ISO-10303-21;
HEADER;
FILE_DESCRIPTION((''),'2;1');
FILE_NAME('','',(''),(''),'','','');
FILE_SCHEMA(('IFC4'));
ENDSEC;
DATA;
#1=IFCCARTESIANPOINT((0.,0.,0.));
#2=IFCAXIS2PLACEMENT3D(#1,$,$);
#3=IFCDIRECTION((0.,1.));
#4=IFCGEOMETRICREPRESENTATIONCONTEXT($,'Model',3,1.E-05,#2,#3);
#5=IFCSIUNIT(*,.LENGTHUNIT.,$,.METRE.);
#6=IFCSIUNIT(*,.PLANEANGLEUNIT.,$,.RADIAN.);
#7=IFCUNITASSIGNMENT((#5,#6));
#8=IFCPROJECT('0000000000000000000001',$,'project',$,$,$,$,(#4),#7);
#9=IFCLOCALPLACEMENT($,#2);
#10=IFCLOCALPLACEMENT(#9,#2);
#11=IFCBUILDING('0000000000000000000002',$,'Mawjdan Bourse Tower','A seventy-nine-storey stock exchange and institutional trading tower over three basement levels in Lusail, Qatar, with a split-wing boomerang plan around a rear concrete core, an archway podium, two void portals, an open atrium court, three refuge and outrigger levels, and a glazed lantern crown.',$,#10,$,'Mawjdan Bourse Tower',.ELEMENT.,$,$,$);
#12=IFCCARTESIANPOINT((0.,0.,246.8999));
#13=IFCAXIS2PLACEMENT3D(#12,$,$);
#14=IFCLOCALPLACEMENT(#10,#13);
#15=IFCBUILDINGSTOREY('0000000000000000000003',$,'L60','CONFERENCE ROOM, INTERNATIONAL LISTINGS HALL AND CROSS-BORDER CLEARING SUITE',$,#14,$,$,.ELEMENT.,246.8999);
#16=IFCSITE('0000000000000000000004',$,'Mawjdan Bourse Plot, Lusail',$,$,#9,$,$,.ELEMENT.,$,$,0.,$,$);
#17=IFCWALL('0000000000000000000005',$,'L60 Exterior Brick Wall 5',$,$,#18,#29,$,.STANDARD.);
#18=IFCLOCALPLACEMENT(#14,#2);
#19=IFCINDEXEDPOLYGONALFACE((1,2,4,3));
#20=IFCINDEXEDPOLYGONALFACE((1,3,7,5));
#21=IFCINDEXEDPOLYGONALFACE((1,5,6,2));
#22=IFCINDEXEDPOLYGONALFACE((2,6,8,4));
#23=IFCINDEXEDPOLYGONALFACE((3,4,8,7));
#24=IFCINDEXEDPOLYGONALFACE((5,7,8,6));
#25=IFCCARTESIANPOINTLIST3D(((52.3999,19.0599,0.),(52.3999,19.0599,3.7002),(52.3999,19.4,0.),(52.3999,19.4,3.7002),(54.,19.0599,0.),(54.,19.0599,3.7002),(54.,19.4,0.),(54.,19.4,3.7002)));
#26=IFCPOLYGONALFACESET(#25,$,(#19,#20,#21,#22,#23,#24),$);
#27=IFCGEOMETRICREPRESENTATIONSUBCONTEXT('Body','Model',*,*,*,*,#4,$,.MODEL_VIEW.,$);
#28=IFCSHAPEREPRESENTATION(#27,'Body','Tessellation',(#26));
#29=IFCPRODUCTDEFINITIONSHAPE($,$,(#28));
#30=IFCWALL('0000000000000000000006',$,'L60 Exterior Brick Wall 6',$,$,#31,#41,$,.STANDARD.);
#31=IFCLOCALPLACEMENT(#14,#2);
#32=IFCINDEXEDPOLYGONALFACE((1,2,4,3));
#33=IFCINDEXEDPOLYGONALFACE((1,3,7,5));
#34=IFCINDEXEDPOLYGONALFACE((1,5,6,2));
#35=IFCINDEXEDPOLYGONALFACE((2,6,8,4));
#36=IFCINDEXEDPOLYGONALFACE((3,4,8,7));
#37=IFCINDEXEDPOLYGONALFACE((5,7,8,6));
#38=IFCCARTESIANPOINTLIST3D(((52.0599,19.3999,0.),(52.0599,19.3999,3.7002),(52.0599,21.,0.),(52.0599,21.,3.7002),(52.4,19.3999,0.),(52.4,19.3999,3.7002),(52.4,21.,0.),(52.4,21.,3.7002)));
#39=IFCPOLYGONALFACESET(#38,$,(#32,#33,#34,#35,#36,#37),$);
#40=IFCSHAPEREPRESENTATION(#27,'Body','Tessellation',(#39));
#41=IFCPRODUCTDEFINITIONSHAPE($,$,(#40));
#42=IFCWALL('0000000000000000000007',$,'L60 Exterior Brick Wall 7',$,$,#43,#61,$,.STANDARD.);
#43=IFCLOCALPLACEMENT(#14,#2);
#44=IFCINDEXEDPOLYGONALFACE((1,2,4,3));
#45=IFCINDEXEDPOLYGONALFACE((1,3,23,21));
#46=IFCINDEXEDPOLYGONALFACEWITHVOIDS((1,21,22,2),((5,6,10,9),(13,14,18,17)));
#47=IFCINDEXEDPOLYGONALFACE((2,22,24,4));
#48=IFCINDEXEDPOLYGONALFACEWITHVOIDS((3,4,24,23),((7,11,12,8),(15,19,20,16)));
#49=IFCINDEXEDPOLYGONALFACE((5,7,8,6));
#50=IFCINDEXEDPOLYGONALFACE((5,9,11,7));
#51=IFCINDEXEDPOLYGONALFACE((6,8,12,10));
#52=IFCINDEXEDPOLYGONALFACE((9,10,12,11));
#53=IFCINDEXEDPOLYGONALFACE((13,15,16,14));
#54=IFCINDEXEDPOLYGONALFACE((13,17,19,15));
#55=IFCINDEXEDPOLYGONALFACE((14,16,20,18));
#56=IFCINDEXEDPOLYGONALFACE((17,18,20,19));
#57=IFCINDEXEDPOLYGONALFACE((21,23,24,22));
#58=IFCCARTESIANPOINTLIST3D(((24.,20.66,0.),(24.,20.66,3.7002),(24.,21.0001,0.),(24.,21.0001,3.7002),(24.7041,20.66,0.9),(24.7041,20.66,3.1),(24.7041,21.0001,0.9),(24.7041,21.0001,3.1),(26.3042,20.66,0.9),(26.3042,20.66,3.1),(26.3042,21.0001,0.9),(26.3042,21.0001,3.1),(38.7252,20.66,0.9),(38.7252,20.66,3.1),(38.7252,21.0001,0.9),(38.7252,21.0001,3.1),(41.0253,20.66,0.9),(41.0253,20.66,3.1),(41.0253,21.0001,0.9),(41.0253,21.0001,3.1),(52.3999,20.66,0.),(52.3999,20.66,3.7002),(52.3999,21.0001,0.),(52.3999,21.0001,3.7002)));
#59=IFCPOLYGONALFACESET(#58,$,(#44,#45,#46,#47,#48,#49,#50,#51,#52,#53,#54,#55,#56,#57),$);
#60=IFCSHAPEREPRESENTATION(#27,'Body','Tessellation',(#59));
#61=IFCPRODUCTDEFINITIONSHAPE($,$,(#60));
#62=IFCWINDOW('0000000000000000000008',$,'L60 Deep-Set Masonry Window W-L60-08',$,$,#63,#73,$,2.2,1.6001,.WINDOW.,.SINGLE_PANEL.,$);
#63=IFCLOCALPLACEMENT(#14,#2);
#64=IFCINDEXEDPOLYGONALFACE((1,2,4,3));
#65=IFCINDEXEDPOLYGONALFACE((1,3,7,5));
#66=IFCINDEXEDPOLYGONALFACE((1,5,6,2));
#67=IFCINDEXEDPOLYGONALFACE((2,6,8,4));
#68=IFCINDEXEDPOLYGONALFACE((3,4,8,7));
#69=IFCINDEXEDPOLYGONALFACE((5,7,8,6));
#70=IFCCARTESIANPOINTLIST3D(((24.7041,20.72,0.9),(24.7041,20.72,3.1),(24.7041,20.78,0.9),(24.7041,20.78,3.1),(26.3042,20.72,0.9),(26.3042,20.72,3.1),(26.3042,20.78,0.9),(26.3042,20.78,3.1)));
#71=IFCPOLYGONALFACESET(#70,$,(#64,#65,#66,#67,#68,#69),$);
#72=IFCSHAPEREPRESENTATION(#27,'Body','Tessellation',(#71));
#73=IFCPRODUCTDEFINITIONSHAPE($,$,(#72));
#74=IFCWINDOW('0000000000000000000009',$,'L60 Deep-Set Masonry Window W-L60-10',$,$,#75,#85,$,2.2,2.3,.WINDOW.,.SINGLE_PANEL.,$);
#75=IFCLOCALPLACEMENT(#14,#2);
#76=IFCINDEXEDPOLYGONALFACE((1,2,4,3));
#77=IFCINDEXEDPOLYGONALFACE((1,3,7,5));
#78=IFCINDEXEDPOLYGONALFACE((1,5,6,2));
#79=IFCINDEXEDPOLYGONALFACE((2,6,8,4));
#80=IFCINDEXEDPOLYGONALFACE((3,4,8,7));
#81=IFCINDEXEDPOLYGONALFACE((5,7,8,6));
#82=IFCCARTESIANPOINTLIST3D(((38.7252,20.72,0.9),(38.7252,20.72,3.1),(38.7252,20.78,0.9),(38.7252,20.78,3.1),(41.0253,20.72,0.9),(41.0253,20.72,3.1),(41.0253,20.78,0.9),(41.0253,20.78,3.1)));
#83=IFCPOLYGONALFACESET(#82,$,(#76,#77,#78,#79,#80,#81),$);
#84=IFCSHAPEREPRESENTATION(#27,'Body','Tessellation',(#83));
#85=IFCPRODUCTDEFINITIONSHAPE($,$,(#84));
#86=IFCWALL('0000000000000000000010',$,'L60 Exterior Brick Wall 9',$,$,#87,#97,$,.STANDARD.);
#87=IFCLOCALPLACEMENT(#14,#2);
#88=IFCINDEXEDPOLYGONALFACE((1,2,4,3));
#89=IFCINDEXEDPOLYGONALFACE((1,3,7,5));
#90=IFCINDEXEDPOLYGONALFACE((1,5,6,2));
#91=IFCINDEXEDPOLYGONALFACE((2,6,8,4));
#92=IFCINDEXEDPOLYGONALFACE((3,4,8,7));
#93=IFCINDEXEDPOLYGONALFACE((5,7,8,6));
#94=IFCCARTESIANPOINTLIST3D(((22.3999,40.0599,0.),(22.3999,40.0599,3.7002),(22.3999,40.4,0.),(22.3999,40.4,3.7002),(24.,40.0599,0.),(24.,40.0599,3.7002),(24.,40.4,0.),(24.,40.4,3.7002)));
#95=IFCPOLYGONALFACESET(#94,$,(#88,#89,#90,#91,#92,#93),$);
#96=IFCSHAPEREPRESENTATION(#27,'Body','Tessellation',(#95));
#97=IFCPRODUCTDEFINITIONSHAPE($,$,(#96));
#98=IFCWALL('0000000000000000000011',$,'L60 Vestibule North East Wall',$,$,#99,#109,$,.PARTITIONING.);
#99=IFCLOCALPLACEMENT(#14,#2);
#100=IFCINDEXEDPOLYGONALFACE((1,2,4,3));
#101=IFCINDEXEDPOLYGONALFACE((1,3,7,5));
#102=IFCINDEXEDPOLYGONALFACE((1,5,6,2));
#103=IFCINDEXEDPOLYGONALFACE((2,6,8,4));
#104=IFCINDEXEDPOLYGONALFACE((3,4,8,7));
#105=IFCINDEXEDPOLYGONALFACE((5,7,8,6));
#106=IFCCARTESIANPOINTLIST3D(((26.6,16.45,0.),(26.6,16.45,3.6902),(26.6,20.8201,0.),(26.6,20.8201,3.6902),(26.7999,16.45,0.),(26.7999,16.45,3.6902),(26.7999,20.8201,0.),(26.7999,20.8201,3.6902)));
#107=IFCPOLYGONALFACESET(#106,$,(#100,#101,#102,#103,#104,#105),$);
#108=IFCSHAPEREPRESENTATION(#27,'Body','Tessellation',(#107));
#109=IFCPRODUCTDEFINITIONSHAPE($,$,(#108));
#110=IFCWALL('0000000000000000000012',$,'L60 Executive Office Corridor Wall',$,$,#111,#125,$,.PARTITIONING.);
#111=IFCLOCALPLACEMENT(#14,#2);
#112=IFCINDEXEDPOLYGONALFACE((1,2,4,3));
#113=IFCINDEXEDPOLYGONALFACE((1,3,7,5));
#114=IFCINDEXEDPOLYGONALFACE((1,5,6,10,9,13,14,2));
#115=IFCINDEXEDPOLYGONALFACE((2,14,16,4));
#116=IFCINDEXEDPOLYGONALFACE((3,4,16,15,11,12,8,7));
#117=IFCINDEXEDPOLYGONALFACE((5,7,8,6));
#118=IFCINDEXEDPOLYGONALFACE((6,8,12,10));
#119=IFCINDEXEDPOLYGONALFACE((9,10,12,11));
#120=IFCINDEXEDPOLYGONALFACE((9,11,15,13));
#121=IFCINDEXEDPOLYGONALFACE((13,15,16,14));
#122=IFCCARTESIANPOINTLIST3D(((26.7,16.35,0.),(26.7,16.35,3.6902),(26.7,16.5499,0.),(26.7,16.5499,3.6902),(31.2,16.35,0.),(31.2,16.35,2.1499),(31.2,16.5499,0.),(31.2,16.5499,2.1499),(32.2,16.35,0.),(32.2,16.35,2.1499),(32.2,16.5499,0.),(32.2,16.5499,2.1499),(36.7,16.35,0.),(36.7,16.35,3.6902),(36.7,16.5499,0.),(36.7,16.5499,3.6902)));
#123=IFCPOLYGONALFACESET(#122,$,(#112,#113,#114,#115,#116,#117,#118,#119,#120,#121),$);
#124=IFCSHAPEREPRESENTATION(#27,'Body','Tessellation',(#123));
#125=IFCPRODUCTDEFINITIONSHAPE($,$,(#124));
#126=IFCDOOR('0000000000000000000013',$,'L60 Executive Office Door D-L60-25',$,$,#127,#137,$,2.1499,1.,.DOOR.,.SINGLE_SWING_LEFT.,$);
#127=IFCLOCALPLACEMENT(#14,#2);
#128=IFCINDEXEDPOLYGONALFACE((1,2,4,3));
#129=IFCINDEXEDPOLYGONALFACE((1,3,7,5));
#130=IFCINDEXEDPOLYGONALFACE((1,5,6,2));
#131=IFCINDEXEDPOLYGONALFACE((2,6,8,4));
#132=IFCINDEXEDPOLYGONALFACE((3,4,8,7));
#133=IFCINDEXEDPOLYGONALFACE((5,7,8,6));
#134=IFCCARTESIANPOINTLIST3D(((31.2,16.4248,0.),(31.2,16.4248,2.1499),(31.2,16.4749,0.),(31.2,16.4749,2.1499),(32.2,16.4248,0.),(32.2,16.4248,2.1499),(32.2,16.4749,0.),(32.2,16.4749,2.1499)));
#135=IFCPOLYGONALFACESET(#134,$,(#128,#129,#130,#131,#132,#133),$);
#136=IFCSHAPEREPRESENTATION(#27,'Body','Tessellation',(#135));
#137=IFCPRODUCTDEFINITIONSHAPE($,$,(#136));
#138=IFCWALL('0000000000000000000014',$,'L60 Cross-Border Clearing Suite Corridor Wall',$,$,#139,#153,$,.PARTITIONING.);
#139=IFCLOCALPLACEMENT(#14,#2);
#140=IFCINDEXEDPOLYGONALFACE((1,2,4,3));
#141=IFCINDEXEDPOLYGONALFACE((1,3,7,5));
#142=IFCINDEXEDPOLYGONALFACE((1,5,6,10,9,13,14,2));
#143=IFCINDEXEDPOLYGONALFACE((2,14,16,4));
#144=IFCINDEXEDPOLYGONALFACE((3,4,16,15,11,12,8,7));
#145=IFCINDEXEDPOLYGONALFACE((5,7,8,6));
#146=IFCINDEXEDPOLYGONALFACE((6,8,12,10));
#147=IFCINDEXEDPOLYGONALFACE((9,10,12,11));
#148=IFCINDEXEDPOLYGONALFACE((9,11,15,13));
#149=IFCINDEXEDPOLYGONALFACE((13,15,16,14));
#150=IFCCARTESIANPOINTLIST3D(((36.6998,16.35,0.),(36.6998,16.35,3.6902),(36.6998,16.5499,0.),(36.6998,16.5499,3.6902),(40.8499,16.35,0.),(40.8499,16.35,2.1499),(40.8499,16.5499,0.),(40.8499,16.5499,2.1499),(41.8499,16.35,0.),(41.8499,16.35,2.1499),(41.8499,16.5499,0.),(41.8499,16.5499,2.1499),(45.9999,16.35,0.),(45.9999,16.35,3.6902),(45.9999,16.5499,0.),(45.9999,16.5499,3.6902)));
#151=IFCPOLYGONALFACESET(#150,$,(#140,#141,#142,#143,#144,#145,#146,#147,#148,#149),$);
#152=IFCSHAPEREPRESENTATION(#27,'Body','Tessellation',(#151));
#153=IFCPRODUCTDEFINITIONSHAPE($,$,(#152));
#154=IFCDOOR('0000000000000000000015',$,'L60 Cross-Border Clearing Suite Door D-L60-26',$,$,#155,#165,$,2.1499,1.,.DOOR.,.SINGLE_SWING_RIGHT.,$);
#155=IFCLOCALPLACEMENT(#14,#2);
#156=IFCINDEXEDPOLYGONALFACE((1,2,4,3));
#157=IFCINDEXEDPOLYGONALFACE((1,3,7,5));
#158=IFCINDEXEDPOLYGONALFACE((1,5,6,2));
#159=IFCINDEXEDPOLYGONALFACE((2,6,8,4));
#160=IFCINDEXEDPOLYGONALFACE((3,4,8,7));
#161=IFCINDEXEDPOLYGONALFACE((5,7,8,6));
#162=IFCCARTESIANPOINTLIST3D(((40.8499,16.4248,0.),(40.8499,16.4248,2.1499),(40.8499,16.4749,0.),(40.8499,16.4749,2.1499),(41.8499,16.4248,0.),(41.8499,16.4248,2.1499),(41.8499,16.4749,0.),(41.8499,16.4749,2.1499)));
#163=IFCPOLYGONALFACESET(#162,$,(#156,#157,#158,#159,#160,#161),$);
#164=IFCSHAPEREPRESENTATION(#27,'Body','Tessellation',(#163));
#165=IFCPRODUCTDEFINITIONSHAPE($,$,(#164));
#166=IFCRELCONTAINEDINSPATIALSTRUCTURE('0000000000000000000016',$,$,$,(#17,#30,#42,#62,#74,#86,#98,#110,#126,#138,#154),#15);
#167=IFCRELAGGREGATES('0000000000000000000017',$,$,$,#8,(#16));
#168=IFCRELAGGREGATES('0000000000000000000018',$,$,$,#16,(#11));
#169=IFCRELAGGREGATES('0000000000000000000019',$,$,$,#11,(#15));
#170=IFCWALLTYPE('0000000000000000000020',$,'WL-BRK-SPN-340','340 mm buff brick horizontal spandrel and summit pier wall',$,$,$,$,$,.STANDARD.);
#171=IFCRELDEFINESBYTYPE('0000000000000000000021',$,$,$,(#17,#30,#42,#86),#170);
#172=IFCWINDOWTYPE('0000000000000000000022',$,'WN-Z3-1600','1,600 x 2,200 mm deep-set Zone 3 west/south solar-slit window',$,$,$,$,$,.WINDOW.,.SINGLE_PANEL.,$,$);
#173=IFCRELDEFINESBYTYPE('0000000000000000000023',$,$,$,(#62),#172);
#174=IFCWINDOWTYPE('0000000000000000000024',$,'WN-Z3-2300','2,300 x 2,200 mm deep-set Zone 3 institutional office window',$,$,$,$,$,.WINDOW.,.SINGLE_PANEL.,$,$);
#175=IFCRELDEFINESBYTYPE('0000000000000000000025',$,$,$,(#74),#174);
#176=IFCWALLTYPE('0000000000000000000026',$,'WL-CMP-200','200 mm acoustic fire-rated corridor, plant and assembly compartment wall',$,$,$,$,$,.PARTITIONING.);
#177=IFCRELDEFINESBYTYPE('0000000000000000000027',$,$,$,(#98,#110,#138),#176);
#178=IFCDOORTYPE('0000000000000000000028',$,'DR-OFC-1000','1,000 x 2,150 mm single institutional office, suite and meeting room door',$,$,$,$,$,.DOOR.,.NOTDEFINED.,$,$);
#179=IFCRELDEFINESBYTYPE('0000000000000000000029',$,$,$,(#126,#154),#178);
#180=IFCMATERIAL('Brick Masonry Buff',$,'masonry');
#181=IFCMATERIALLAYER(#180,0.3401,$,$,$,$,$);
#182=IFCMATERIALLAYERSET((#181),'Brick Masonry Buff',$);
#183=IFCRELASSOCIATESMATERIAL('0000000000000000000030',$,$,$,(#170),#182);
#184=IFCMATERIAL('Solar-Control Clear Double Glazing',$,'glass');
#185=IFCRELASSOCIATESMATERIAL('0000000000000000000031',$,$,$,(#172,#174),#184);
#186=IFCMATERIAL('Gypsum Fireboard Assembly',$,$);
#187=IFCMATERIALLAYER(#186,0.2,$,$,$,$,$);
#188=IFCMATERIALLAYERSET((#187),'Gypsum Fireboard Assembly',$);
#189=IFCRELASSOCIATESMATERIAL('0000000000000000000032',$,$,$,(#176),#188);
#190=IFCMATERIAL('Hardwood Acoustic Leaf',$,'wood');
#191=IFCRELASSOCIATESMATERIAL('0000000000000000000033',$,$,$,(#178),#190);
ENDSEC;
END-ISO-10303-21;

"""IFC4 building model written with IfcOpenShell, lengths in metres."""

from ifc_helpers import new_model, si_unit, direction, frame, frame_2d, origin, place, context, subcontext, project, spatial, rectangle, extrude, material, layer, layer_set, type_object, element, fill, save


model = new_model("IFC4")

# Units and contexts
model_context = context("Model", 3, precision=1e-05, world=origin(), true_north=direction((0.0, 1.0)))
body_context = subcontext(model_context, "Body", "Model", "MODEL_VIEW")
ifc_project = project(units=[si_unit("LENGTHUNIT", "METRE"), si_unit("PLANEANGLEUNIT", "RADIAN")], contexts=[model_context])

# Site, building, storey
site_placement = place(None, origin())
site = spatial("IfcSite", under=ifc_project, at=site_placement, Name="Mawjdan Bourse Plot, Lusail", CompositionType="ELEMENT", RefElevation=0.0)
building_placement = place(site_placement, origin())
building = spatial("IfcBuilding", under=site, at=building_placement, Name="Mawjdan Bourse Tower", Description="A seventy-nine-storey stock exchange and institutional trading tower over three basement levels in Lusail, Qatar, with a split-wing boomerang plan around a rear concrete core, an archway podium, two void portals, an open atrium court, three refuge and outrigger levels, and a glazed lantern crown.", LongName="Mawjdan Bourse Tower", CompositionType="ELEMENT")
storey_placement = place(building_placement, frame((0.0, 0.0, 246.8999)))
storey = spatial("IfcBuildingStorey", under=building, at=storey_placement, Name="L60", Description="CONFERENCE ROOM, INTERNATIONAL LISTINGS HALL AND CROSS-BORDER CLEARING SUITE", CompositionType="ELEMENT", Elevation=246.8999)

# Walls
ifc_material_1 = material(Name="Brick Masonry Buff", Category="masonry")
ifc_layer_1 = layer(ifc_material_1, 0.3401)
ifc_layer_set_1 = layer_set([ifc_layer_1], Name="Brick Masonry Buff")
wall_type_1 = type_object("IfcWallType", Name="WL-BRK-SPN-340", Description="340 mm buff brick horizontal spandrel and summit pier wall", PredefinedType="STANDARD", material=ifc_layer_set_1)
for number, where, z_axis, x_axis, name in (
    (1, (54.0, 19.23, 0.0), (0.0, 0.0, 1.0), (-1.0, 0.0, 0.0), "L60 Exterior Brick Wall 5"),
    (2, (52.23, 19.3999, 0.0), (0.0, 0.0, 1.0), (0.0, 1.0, 0.0), "L60 Exterior Brick Wall 6"),
):
    element("IfcWall", number, at=place(storey_placement, frame(where, z_axis=z_axis, x_axis=x_axis)), inside=storey, type_object=wall_type_1, Name=name, PredefinedType="STANDARD", context=body_context, shape_type="SweptSolid", body=[
        extrude(rectangle(XDim=1.6001, YDim=0.3401, at=frame_2d((0.8, 0.0))), origin(), (0.0, 0.0, 1.0), 3.7002),
    ])

# Wall, openings, windows
wall_1_placement = place(storey_placement, frame((52.3999, 20.8301, 0.0), z_axis=(0.0, 0.0, 1.0), x_axis=(-1.0, 0.0, 0.0)))
wall_1 = element("IfcWall", 3, at=wall_1_placement, inside=storey, type_object=wall_type_1, Name="L60 Exterior Brick Wall 7", PredefinedType="STANDARD", context=body_context, shape_type="SweptSolid", body=[
    extrude(rectangle(XDim=28.3999, YDim=0.3401, at=frame_2d((14.2, 0.0))), origin(), (0.0, 0.0, 1.0), 3.7002),
])
opening_1_placement = place(wall_1_placement, frame((26.0957, 0.0, 0.8999)))
opening_1 = element("IfcOpeningElement", 4, at=opening_1_placement, cuts=wall_1, PredefinedType="OPENING", context=body_context, shape_type="SweptSolid", body=[
    extrude(rectangle(XDim=1.6001, YDim=2.2, at=frame_2d((0.8, 1.1001))), frame((0.0, 0.1802, 0.0), z_axis=(0.0, -1.0, 0.0), x_axis=(1.0, 0.0, 0.0)), (0.0, 0.0, 1.0), 0.3601),
])
opening_2_placement = place(wall_1_placement, frame((11.3748, 0.0, 0.8999)))
opening_2 = element("IfcOpeningElement", 5, at=opening_2_placement, cuts=wall_1, PredefinedType="OPENING", context=body_context, shape_type="SweptSolid", body=[
    extrude(rectangle(XDim=2.3, YDim=2.2, at=frame_2d((1.1499, 1.1001))), frame((0.0, 0.1802, 0.0), z_axis=(0.0, -1.0, 0.0), x_axis=(1.0, 0.0, 0.0)), (0.0, 0.0, 1.0), 0.3601),
])
ifc_material_2 = material(Name="Solar-Control Clear Double Glazing", Category="glass")
window_type_1 = type_object("IfcWindowType", Name="WN-Z3-1600", Description="1,600 x 2,200 mm deep-set Zone 3 west/south solar-slit window", PartitioningType="SINGLE_PANEL", PredefinedType="WINDOW", material=ifc_material_2)
window_1_placement = place(opening_1_placement, origin())
window_1 = element("IfcWindow", 6, at=window_1_placement, inside=storey, type_object=window_type_1, Name="L60 Deep-Set Masonry Window W-L60-08", OverallHeight=2.2, OverallWidth=1.6001, PartitioningType="SINGLE_PANEL", PredefinedType="WINDOW", context=body_context, shape_type="SweptSolid", body=[
    extrude(rectangle(XDim=1.6001, YDim=2.2, at=frame_2d((0.8, 1.1001))), frame((0.0, 0.1101, 0.0), z_axis=(0.0, -1.0, 0.0), x_axis=(1.0, 0.0, 0.0)), (0.0, 0.0, 1.0), 0.0601),
])
fill(opening_1, window_1)
window_type_2 = type_object("IfcWindowType", Name="WN-Z3-2300", Description="2,300 x 2,200 mm deep-set Zone 3 institutional office window", PartitioningType="SINGLE_PANEL", PredefinedType="WINDOW", material=ifc_material_2)
window_2_placement = place(opening_2_placement, origin())
window_2 = element("IfcWindow", 7, at=window_2_placement, inside=storey, type_object=window_type_2, Name="L60 Deep-Set Masonry Window W-L60-10", OverallHeight=2.2, OverallWidth=2.3, PartitioningType="SINGLE_PANEL", PredefinedType="WINDOW", context=body_context, shape_type="SweptSolid", body=[
    extrude(rectangle(XDim=2.3, YDim=2.2, at=frame_2d((1.1499, 1.1001))), frame((0.0, 0.1101, 0.0), z_axis=(0.0, -1.0, 0.0), x_axis=(1.0, 0.0, 0.0)), (0.0, 0.0, 1.0), 0.0601),
])
fill(opening_2, window_2)

# Walls
wall_2_placement = place(storey_placement, frame((24.0, 40.23, 0.0), z_axis=(0.0, 0.0, 1.0), x_axis=(-1.0, 0.0, 0.0)))
element("IfcWall", 8, at=wall_2_placement, inside=storey, type_object=wall_type_1, Name="L60 Exterior Brick Wall 9", PredefinedType="STANDARD", context=body_context, shape_type="SweptSolid", body=[
    extrude(rectangle(XDim=1.6001, YDim=0.3401, at=frame_2d((0.8, 0.0))), origin(), (0.0, 0.0, 1.0), 3.7002),
])
ifc_material_3 = material(Name="Gypsum Fireboard Assembly")
ifc_layer_2 = layer(ifc_material_3, 0.2)
ifc_layer_set_2 = layer_set([ifc_layer_2], Name="Gypsum Fireboard Assembly")
wall_type_2 = type_object("IfcWallType", Name="WL-CMP-200", Description="200 mm acoustic fire-rated corridor, plant and assembly compartment wall", PredefinedType="PARTITIONING", material=ifc_layer_set_2)
wall_3_placement = place(storey_placement, frame((26.7, 16.45, 0.0), z_axis=(0.0, 0.0, 1.0), x_axis=(0.0, 1.0, 0.0)))
element("IfcWall", 9, at=wall_3_placement, inside=storey, type_object=wall_type_2, Name="L60 Vestibule North East Wall", PredefinedType="PARTITIONING", context=body_context, shape_type="SweptSolid", body=[
    extrude(rectangle(XDim=4.3701, YDim=0.2, at=frame_2d((2.1851, 0.0))), origin(), (0.0, 0.0, 1.0), 3.6902),
])

# Walls, openings, doors
wall_4_placement = place(storey_placement, frame((26.7, 16.45, 0.0), z_axis=(0.0, 0.0, 1.0), x_axis=(1.0, 0.0, 0.0)))
wall_4 = element("IfcWall", 10, at=wall_4_placement, inside=storey, type_object=wall_type_2, Name="L60 Executive Office Corridor Wall", PredefinedType="PARTITIONING", context=body_context, shape_type="SweptSolid", body=[
    extrude(rectangle(XDim=10.0, YDim=0.2, at=frame_2d((5.0, 0.0))), origin(), (0.0, 0.0, 1.0), 3.6902),
])
opening_3_placement = place(wall_4_placement, frame((4.5, 0.0, 0.0)))
opening_3 = element("IfcOpeningElement", 11, at=opening_3_placement, cuts=wall_4, PredefinedType="OPENING", context=body_context, shape_type="SweptSolid", body=[
    extrude(rectangle(XDim=1.0, YDim=2.1499, at=frame_2d((0.5, 1.075))), frame((0.0, 0.1099, 0.0), z_axis=(0.0, -1.0, 0.0), x_axis=(1.0, 0.0, 0.0)), (0.0, 0.0, 1.0), 0.22),
])
ifc_material_4 = material(Name="Hardwood Acoustic Leaf", Category="wood")
door_type = type_object("IfcDoorType", Name="DR-OFC-1000", Description="1,000 x 2,150 mm single institutional office, suite and meeting room door", OperationType="NOTDEFINED", PredefinedType="DOOR", material=ifc_material_4)
door_1_placement = place(opening_3_placement, origin())
door_1 = element("IfcDoor", 12, at=door_1_placement, inside=storey, type_object=door_type, Name="L60 Executive Office Door D-L60-25", OperationType="SINGLE_SWING_LEFT", OverallHeight=2.1499, OverallWidth=1.0, PredefinedType="DOOR", context=body_context, shape_type="SweptSolid", body=[
    extrude(rectangle(XDim=1.0, YDim=2.1499, at=frame_2d((0.5, 1.075))), frame((0.0, 0.0249, 0.0), z_axis=(0.0, -1.0, 0.0), x_axis=(1.0, 0.0, 0.0)), (0.0, 0.0, 1.0), 0.05),
])
fill(opening_3, door_1)
wall_5_placement = place(storey_placement, frame((36.7, 16.45, 0.0), z_axis=(0.0, 0.0, 1.0), x_axis=(1.0, 0.0, 0.0)))
wall_5 = element("IfcWall", 13, at=wall_5_placement, inside=storey, type_object=wall_type_2, Name="L60 Cross-Border Clearing Suite Corridor Wall", PredefinedType="PARTITIONING", context=body_context, shape_type="SweptSolid", body=[
    extrude(rectangle(XDim=9.3, YDim=0.2, at=frame_2d((4.6499, 0.0))), origin(), (0.0, 0.0, 1.0), 3.6902),
])
opening_4_placement = place(wall_5_placement, frame((4.1499, 0.0, 0.0)))
opening_4 = element("IfcOpeningElement", 14, at=opening_4_placement, cuts=wall_5, PredefinedType="OPENING", context=body_context, shape_type="SweptSolid", body=[
    extrude(rectangle(XDim=1.0, YDim=2.1499, at=frame_2d((0.5, 1.075))), frame((0.0, 0.1099, 0.0), z_axis=(0.0, -1.0, 0.0), x_axis=(1.0, 0.0, 0.0)), (0.0, 0.0, 1.0), 0.22),
])
door_2_placement = place(opening_4_placement, origin())
door_2 = element("IfcDoor", 15, at=door_2_placement, inside=storey, type_object=door_type, Name="L60 Cross-Border Clearing Suite Door D-L60-26", OperationType="SINGLE_SWING_RIGHT", OverallHeight=2.1499, OverallWidth=1.0, PredefinedType="DOOR", context=body_context, shape_type="SweptSolid", body=[
    extrude(rectangle(XDim=1.0, YDim=2.1499, at=frame_2d((0.5, 1.075))), frame((0.0, 0.0249, 0.0), z_axis=(0.0, -1.0, 0.0), x_axis=(1.0, 0.0, 0.0)), (0.0, 0.0, 1.0), 0.05),
])
fill(opening_4, door_2)

save(model, "model.ifc")
